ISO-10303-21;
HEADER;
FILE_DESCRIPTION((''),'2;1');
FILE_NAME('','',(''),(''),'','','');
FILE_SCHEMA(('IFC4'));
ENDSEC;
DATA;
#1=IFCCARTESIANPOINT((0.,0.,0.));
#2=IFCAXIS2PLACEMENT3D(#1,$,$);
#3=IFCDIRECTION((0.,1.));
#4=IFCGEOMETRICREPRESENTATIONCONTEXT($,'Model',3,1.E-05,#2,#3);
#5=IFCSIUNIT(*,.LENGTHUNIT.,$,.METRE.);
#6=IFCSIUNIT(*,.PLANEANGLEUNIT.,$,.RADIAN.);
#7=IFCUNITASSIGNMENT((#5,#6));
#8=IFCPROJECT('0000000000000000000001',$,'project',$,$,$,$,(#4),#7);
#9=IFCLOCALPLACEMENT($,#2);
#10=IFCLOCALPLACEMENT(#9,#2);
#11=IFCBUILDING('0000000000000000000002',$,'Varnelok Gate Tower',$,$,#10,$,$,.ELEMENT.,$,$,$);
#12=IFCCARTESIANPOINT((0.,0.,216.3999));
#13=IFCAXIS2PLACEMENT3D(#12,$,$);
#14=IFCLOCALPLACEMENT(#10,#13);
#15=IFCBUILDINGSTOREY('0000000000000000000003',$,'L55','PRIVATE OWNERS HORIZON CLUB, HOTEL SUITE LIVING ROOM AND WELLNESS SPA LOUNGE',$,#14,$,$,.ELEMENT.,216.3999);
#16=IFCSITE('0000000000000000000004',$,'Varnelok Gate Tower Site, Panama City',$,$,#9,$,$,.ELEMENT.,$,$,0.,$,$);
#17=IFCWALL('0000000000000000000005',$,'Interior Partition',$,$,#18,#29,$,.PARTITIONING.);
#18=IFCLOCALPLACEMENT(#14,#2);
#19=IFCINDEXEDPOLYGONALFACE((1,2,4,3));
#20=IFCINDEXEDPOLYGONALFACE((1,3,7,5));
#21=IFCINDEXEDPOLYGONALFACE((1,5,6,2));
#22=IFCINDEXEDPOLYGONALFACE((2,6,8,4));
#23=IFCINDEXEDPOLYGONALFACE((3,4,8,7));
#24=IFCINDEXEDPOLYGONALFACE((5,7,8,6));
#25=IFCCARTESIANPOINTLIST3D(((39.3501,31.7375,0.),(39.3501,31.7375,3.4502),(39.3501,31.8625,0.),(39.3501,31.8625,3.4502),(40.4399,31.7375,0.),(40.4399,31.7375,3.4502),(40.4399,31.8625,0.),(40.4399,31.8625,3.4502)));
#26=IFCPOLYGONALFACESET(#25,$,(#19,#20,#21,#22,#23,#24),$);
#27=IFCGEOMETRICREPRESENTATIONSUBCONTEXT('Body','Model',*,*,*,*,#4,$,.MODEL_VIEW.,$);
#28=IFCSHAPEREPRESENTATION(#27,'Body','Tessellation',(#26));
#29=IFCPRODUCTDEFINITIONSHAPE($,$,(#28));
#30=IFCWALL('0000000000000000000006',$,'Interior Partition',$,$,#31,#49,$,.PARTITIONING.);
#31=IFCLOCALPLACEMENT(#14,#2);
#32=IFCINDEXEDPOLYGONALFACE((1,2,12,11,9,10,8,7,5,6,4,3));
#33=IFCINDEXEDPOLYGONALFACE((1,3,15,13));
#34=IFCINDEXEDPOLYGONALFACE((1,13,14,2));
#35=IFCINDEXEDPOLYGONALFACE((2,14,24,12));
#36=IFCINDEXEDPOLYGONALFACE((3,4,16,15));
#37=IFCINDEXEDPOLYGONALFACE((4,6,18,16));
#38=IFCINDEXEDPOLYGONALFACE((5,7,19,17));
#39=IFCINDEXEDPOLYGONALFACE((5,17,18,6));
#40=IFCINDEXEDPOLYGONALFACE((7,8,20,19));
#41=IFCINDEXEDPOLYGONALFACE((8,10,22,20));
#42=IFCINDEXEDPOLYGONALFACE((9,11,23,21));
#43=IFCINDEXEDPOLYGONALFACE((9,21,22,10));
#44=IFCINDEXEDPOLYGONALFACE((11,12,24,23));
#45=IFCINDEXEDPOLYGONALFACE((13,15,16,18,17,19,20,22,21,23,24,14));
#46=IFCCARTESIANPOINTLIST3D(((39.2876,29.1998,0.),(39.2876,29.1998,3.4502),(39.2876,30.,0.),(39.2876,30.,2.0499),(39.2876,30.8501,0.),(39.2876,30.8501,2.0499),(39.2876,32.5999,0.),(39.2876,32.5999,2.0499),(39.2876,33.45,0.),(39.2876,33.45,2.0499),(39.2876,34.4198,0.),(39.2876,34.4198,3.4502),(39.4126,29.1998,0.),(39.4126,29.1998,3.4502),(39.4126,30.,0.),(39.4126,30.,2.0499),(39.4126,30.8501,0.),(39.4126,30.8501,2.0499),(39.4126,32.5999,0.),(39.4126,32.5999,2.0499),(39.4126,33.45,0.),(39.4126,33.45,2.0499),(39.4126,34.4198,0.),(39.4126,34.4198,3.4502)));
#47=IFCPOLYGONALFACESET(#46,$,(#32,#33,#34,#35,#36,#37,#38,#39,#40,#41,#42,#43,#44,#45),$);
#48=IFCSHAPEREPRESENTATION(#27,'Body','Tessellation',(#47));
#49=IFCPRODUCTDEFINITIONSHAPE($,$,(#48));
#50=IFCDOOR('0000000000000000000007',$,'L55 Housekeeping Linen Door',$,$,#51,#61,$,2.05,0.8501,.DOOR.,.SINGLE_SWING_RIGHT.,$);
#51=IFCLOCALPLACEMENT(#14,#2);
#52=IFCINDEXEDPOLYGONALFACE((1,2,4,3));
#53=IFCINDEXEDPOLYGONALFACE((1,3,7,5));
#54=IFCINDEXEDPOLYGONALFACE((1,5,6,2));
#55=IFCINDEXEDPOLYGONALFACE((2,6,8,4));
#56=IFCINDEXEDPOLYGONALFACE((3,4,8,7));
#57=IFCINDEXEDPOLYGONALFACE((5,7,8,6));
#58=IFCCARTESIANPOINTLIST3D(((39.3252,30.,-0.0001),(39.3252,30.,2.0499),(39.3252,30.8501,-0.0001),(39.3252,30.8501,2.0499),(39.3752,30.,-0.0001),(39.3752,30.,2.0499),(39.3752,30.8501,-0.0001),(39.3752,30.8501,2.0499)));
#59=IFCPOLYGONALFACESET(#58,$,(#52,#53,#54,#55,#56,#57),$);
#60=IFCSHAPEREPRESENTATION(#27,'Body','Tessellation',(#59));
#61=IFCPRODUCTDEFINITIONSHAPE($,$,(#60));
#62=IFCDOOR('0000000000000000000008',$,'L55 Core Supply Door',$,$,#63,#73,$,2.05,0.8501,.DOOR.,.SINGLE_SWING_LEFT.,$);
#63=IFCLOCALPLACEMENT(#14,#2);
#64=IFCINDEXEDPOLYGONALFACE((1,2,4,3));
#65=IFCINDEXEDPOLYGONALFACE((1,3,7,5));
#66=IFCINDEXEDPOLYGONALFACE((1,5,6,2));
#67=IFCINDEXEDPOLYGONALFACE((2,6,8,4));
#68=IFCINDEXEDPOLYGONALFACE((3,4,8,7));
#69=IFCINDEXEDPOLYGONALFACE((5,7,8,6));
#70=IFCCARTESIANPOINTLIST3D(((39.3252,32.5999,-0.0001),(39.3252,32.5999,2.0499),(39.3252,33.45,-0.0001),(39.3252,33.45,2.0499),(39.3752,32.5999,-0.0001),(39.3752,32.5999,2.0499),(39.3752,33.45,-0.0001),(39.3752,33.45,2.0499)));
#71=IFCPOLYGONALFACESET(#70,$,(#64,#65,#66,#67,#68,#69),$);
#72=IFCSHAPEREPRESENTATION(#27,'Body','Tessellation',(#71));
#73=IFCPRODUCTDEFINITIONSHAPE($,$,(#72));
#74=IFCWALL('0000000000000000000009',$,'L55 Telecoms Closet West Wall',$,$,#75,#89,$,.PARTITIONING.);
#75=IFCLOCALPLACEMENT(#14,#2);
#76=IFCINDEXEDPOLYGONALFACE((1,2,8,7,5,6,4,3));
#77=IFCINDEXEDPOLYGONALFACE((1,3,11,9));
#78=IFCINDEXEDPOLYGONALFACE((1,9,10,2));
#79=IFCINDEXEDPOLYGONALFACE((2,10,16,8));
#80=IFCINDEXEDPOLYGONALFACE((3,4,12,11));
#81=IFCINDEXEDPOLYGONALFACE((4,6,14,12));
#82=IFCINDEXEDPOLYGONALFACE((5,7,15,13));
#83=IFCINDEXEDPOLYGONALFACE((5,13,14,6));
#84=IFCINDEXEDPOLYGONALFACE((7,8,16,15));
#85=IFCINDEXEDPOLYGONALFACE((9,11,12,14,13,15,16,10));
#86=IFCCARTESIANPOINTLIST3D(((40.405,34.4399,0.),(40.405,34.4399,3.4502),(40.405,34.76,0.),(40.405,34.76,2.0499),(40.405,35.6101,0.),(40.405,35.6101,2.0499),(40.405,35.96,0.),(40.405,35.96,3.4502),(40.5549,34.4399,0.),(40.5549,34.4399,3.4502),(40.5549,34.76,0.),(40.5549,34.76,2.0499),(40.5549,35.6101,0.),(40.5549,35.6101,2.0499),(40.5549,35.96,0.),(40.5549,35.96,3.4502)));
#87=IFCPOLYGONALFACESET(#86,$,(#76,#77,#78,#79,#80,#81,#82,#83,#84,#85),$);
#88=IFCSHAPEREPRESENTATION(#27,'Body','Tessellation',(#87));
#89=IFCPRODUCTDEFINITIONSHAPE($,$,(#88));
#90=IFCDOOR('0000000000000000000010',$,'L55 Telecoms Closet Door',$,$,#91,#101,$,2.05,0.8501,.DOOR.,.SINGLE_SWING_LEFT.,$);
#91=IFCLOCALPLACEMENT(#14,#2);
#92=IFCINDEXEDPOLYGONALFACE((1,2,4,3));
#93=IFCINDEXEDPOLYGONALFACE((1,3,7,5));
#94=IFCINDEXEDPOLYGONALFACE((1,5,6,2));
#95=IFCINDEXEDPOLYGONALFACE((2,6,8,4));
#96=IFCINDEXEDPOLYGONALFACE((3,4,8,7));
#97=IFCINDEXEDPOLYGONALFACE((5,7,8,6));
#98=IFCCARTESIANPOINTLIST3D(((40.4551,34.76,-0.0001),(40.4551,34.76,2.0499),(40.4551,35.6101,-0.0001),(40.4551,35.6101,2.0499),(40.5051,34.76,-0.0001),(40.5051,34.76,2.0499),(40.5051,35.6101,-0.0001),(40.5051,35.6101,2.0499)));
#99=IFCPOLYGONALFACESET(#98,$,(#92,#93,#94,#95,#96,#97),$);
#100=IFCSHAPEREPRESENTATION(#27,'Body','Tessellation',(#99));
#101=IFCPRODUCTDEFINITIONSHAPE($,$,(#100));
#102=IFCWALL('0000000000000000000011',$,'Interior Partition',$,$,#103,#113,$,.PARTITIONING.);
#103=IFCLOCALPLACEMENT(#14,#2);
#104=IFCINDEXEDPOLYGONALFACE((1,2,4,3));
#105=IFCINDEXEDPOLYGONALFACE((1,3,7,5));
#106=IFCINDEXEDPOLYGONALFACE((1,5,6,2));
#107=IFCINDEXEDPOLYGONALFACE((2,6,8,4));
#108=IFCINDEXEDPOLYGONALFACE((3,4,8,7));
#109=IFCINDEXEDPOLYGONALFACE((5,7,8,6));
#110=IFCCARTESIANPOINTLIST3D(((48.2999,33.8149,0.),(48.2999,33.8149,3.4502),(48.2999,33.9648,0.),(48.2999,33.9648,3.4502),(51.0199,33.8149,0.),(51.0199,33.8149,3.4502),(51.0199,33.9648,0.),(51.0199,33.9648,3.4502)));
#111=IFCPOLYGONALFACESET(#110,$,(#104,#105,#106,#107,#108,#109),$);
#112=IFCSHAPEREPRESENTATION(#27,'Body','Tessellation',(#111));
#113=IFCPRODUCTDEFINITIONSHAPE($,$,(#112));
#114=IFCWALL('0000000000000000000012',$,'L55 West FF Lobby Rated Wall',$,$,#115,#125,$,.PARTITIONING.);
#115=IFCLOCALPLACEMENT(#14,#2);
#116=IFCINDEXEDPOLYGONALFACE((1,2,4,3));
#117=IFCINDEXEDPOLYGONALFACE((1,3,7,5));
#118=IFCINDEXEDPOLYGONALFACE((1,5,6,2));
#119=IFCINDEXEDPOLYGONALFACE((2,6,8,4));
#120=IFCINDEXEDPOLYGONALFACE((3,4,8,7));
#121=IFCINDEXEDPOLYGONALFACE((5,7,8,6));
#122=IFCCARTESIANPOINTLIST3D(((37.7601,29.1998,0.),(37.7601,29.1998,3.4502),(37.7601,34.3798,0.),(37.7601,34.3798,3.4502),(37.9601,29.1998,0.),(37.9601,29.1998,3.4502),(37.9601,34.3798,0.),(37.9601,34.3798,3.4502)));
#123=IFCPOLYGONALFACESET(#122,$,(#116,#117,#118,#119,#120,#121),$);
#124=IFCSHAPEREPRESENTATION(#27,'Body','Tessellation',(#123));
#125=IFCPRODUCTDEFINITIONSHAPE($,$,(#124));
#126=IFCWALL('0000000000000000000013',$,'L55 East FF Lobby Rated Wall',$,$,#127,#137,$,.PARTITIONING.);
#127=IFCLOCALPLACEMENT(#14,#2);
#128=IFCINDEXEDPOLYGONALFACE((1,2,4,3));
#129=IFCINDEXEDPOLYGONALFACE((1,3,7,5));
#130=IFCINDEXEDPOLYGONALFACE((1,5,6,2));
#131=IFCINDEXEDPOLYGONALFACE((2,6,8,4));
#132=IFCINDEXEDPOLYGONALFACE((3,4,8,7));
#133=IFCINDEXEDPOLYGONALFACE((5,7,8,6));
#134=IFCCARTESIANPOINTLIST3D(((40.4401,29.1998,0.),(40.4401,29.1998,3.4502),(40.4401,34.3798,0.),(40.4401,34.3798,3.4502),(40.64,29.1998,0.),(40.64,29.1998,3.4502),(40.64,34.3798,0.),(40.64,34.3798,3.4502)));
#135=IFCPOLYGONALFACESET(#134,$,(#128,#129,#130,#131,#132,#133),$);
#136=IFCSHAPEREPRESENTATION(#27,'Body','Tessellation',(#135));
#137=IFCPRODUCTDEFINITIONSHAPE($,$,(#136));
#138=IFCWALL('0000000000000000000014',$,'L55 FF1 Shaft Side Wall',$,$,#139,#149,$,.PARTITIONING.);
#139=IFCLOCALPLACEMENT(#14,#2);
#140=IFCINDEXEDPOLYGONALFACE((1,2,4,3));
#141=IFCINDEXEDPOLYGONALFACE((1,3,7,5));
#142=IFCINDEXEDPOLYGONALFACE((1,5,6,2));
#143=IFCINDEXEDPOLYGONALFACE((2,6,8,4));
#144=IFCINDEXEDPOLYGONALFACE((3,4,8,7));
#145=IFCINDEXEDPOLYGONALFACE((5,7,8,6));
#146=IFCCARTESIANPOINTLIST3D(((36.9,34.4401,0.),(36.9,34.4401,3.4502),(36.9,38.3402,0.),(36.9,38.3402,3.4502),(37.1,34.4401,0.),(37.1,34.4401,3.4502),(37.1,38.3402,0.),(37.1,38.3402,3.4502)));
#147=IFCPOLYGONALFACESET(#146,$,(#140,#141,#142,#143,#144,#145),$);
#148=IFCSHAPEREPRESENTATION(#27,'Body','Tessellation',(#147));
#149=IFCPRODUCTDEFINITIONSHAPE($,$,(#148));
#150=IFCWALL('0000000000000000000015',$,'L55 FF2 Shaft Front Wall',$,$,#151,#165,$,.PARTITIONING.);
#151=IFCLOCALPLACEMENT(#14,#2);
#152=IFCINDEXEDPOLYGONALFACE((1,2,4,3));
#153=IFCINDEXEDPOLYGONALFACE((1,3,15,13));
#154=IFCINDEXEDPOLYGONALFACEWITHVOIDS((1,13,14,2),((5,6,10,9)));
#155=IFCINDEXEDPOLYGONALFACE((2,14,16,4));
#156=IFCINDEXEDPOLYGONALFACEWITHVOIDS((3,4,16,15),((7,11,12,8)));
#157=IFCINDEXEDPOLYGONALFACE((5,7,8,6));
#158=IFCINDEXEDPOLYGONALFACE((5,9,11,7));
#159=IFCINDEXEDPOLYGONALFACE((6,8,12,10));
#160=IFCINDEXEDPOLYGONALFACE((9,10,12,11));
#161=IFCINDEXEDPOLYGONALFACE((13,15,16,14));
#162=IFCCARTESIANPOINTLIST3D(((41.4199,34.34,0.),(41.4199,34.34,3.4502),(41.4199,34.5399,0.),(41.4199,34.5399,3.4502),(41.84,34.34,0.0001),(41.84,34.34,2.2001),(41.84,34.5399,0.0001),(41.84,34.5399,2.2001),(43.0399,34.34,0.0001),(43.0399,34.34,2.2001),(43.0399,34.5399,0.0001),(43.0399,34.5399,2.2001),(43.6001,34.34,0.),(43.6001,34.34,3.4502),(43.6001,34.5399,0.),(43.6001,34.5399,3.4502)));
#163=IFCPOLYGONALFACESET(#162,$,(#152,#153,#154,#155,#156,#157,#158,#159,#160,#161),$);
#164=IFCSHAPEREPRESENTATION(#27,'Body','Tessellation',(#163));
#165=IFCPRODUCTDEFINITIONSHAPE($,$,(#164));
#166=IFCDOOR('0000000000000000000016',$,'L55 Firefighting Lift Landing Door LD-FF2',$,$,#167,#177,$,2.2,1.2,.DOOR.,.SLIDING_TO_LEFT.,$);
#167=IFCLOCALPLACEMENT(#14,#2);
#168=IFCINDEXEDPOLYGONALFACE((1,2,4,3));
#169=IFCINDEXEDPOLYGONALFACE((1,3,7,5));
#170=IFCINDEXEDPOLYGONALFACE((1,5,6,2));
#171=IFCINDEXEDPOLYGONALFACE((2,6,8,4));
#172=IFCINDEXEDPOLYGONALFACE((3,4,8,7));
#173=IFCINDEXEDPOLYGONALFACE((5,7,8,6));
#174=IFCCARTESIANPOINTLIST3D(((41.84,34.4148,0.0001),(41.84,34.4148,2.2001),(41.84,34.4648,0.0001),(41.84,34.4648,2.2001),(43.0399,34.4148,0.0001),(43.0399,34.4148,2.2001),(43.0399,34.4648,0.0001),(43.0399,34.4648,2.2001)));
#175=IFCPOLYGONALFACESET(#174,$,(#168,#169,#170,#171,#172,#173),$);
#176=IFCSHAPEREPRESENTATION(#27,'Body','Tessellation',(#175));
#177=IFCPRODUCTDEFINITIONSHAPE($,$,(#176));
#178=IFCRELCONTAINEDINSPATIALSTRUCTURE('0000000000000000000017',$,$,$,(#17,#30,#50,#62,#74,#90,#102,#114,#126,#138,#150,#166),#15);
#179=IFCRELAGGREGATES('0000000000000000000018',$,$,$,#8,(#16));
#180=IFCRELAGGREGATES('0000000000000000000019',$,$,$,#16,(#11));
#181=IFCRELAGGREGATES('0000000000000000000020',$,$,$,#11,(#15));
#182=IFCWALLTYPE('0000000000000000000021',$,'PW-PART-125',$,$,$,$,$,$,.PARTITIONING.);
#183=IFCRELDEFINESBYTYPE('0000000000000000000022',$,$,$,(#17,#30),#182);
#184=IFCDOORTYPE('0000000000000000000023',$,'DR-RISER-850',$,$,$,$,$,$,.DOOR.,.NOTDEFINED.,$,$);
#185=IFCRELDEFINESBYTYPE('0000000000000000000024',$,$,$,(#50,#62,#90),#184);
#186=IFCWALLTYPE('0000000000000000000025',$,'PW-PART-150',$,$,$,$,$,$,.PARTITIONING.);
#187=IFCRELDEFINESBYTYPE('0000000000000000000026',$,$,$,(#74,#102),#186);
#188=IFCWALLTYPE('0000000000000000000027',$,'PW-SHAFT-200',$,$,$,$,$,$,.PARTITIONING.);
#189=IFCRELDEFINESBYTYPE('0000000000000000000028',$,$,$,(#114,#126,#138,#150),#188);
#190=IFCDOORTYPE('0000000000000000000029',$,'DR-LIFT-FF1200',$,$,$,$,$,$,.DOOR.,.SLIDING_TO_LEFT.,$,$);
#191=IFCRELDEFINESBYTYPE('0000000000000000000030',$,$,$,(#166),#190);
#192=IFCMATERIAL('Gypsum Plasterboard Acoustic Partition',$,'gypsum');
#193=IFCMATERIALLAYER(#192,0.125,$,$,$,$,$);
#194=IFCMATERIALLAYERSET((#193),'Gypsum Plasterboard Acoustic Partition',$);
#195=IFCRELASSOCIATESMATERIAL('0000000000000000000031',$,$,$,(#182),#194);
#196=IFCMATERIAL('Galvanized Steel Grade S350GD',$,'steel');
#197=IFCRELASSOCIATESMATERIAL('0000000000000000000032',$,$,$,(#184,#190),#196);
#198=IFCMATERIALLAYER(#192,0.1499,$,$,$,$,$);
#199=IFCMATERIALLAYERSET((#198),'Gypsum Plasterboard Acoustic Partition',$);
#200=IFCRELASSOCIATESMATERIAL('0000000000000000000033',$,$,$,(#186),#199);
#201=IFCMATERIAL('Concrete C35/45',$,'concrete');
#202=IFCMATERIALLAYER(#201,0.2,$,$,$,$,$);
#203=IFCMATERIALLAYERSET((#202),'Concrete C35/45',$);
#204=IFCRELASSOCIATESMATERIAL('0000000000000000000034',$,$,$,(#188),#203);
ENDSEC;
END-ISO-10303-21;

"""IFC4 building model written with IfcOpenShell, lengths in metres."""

from ifc_helpers import new_model, si_unit, direction, frame, frame_2d, origin, place, context, subcontext, project, spatial, rectangle, extrude, material, layer, layer_set, type_object, element, fill, save


model = new_model("IFC4")

# Units and contexts
model_context = context("Model", 3, precision=1e-05, world=origin(), true_north=direction((0.0, 1.0)))
body_context = subcontext(model_context, "Body", "Model", "MODEL_VIEW")
ifc_project = project(units=[si_unit("LENGTHUNIT", "METRE"), si_unit("PLANEANGLEUNIT", "RADIAN")], contexts=[model_context])

# Site, building, storey
site_placement = place(None, origin())
site = spatial("IfcSite", under=ifc_project, at=site_placement, Name="Varnelok Gate Tower Site, Panama City", CompositionType="ELEMENT", RefElevation=0.0)
building_placement = place(site_placement, origin())
building = spatial("IfcBuilding", under=site, at=building_placement, Name="Varnelok Gate Tower", CompositionType="ELEMENT")
storey_placement = place(building_placement, frame((0.0, 0.0, 216.3999)))
storey = spatial("IfcBuildingStorey", under=building, at=storey_placement, Name="L55", Description="PRIVATE OWNERS HORIZON CLUB, HOTEL SUITE LIVING ROOM AND WELLNESS SPA LOUNGE", CompositionType="ELEMENT", Elevation=216.3999)

# Wall
ifc_material_1 = material(Name="Gypsum Plasterboard Acoustic Partition", Category="gypsum")
ifc_layer_1 = layer(ifc_material_1, 0.125)
ifc_layer_set_1 = layer_set([ifc_layer_1], Name="Gypsum Plasterboard Acoustic Partition")
wall_type_1 = type_object("IfcWallType", Name="PW-PART-125", PredefinedType="PARTITIONING", material=ifc_layer_set_1)
wall_1_placement = place(storey_placement, frame((39.3501, 31.8, 0.0), z_axis=(0.0, 0.0, 1.0), x_axis=(1.0, 0.0, 0.0)))
element("IfcWall", 1, at=wall_1_placement, inside=storey, type_object=wall_type_1, Name="Interior Partition", PredefinedType="PARTITIONING", context=body_context, shape_type="SweptSolid", body=[
    extrude(rectangle(XDim=1.0898, YDim=0.125, at=frame_2d((0.5449, 0.0))), origin(), (0.0, 0.0, 1.0), 3.4502),
])

# Wall, openings, doors
wall_2_placement = place(storey_placement, frame((39.3501, 29.2, 0.0), z_axis=(0.0, 0.0, 1.0), x_axis=(0.0, 1.0, 0.0)))
wall_2 = element("IfcWall", 2, at=wall_2_placement, inside=storey, type_object=wall_type_1, Name="Interior Partition", PredefinedType="PARTITIONING", context=body_context, shape_type="SweptSolid", body=[
    extrude(rectangle(XDim=5.22, YDim=0.125, at=frame_2d((2.6099, 0.0))), origin(), (0.0, 0.0, 1.0), 3.4502),
])
opening_1_placement = place(wall_2_placement, frame((0.8, 0.0, 0.0)))
opening_1 = element("IfcOpeningElement", 3, at=opening_1_placement, cuts=wall_2, PredefinedType="OPENING", context=body_context, shape_type="SweptSolid", body=[
    extrude(rectangle(XDim=0.8501, YDim=2.05, at=frame_2d((0.425, 1.0249))), frame((0.0, 0.0725, 0.0), z_axis=(0.0, -1.0, 0.0), x_axis=(1.0, 0.0, 0.0)), (0.0, 0.0, 1.0), 0.145),
])
opening_2_placement = place(wall_2_placement, frame((3.3999, 0.0, 0.0)))
opening_2 = element("IfcOpeningElement", 4, at=opening_2_placement, cuts=wall_2, PredefinedType="OPENING", context=body_context, shape_type="SweptSolid", body=[
    extrude(rectangle(XDim=0.8501, YDim=2.05, at=frame_2d((0.425, 1.0249))), frame((0.0, 0.0725, 0.0), z_axis=(0.0, -1.0, 0.0), x_axis=(1.0, 0.0, 0.0)), (0.0, 0.0, 1.0), 0.145),
])
ifc_material_2 = material(Name="Galvanized Steel Grade S350GD", Category="steel")
door_type_1 = type_object("IfcDoorType", Name="DR-RISER-850", OperationType="NOTDEFINED", PredefinedType="DOOR", material=ifc_material_2)
door_1_placement = place(opening_1_placement, origin())
door_1 = element("IfcDoor", 5, at=door_1_placement, inside=storey, type_object=door_type_1, Name="L55 Housekeeping Linen Door", OperationType="SINGLE_SWING_RIGHT", OverallHeight=2.05, OverallWidth=0.8501, PredefinedType="DOOR", context=body_context, shape_type="SweptSolid", body=[
    extrude(rectangle(XDim=0.8501, YDim=2.05, at=frame_2d((0.425, 1.0249))), frame((0.0, 0.0249, 0.0), z_axis=(0.0, -1.0, 0.0), x_axis=(1.0, 0.0, 0.0)), (0.0, 0.0, 1.0), 0.05),
])
fill(opening_1, door_1)
door_2_placement = place(opening_2_placement, origin())
door_2 = element("IfcDoor", 6, at=door_2_placement, inside=storey, type_object=door_type_1, Name="L55 Core Supply Door", OperationType="SINGLE_SWING_LEFT", OverallHeight=2.05, OverallWidth=0.8501, PredefinedType="DOOR", context=body_context, shape_type="SweptSolid", body=[
    extrude(rectangle(XDim=0.8501, YDim=2.05, at=frame_2d((0.425, 1.0249))), frame((0.0, 0.0249, 0.0), z_axis=(0.0, -1.0, 0.0), x_axis=(1.0, 0.0, 0.0)), (0.0, 0.0, 1.0), 0.05),
])
fill(opening_2, door_2)

# Wall, opening, door
ifc_layer_2 = layer(ifc_material_1, 0.1499)
ifc_layer_set_2 = layer_set([ifc_layer_2], Name="Gypsum Plasterboard Acoustic Partition")
wall_type_2 = type_object("IfcWallType", Name="PW-PART-150", PredefinedType="PARTITIONING", material=ifc_layer_set_2)
wall_3_placement = place(storey_placement, frame((40.48, 34.4399, 0.0), z_axis=(0.0, 0.0, 1.0), x_axis=(0.0, 1.0, 0.0)))
wall_3 = element("IfcWall", 7, at=wall_3_placement, inside=storey, type_object=wall_type_2, Name="L55 Telecoms Closet West Wall", PredefinedType="PARTITIONING", context=body_context, shape_type="SweptSolid", body=[
    extrude(rectangle(XDim=1.52, YDim=0.1499, at=frame_2d((0.76, 0.0))), origin(), (0.0, 0.0, 1.0), 3.4502),
])
opening_3_placement = place(wall_3_placement, frame((0.3201, 0.0, 0.0)))
opening_3 = element("IfcOpeningElement", 8, at=opening_3_placement, cuts=wall_3, PredefinedType="OPENING", context=body_context, shape_type="SweptSolid", body=[
    extrude(rectangle(XDim=0.8501, YDim=2.05, at=frame_2d((0.425, 1.0249))), frame((0.0, 0.085, 0.0), z_axis=(0.0, -1.0, 0.0), x_axis=(1.0, 0.0, 0.0)), (0.0, 0.0, 1.0), 0.1699),
])
door_3_placement = place(opening_3_placement, origin())
door_3 = element("IfcDoor", 9, at=door_3_placement, inside=storey, type_object=door_type_1, Name="L55 Telecoms Closet Door", OperationType="SINGLE_SWING_LEFT", OverallHeight=2.05, OverallWidth=0.8501, PredefinedType="DOOR", context=body_context, shape_type="SweptSolid", body=[
    extrude(rectangle(XDim=0.8501, YDim=2.05, at=frame_2d((0.425, 1.0249))), frame((0.0, 0.0249, 0.0), z_axis=(0.0, -1.0, 0.0), x_axis=(1.0, 0.0, 0.0)), (0.0, 0.0, 1.0), 0.05),
])
fill(opening_3, door_3)

# Walls
wall_4_placement = place(storey_placement, frame((48.3, 33.8899, 0.0), z_axis=(0.0, 0.0, 1.0), x_axis=(1.0, 0.0, 0.0)))
element("IfcWall", 10, at=wall_4_placement, inside=storey, type_object=wall_type_2, Name="Interior Partition", PredefinedType="PARTITIONING", context=body_context, shape_type="SweptSolid", body=[
    extrude(rectangle(XDim=2.72, YDim=0.1499, at=frame_2d((1.3599, 0.0))), origin(), (0.0, 0.0, 1.0), 3.4502),
])
ifc_material_3 = material(Name="Concrete C35/45", Category="concrete")
ifc_layer_3 = layer(ifc_material_3, 0.2)
ifc_layer_set_3 = layer_set([ifc_layer_3], Name="Concrete C35/45")
wall_type_3 = type_object("IfcWallType", Name="PW-SHAFT-200", PredefinedType="PARTITIONING", material=ifc_layer_set_3)
for number, where, z_axis, x_axis, name in (
    (11, (37.8601, 29.2, 0.0), (0.0, 0.0, 1.0), (0.0, 1.0, 0.0), "L55 West FF Lobby Rated Wall"),
    (12, (40.54, 29.2, 0.0), (0.0, 0.0, 1.0), (0.0, 1.0, 0.0), "L55 East FF Lobby Rated Wall"),
):
    element("IfcWall", number, at=place(storey_placement, frame(where, z_axis=z_axis, x_axis=x_axis)), inside=storey, type_object=wall_type_3, Name=name, PredefinedType="PARTITIONING", context=body_context, shape_type="SweptSolid", body=[
        extrude(rectangle(XDim=5.1799, YDim=0.2, at=frame_2d((2.5898, 0.0))), origin(), (0.0, 0.0, 1.0), 3.4502),
    ])
wall_5_placement = place(storey_placement, frame((37.0, 34.4399, 0.0), z_axis=(0.0, 0.0, 1.0), x_axis=(0.0, 1.0, 0.0)))
element("IfcWall", 13, at=wall_5_placement, inside=storey, type_object=wall_type_3, Name="L55 FF1 Shaft Side Wall", PredefinedType="PARTITIONING", context=body_context, shape_type="SweptSolid", body=[
    extrude(rectangle(XDim=3.9001, YDim=0.2, at=frame_2d((1.9502, 0.0))), origin(), (0.0, 0.0, 1.0), 3.4502),
])

# Wall, opening, door
wall_6_placement = place(storey_placement, frame((41.4199, 34.4399, 0.0), z_axis=(0.0, 0.0, 1.0), x_axis=(1.0, 0.0, 0.0)))
wall_6 = element("IfcWall", 14, at=wall_6_placement, inside=storey, type_object=wall_type_3, Name="L55 FF2 Shaft Front Wall", PredefinedType="PARTITIONING", context=body_context, shape_type="SweptSolid", body=[
    extrude(rectangle(XDim=2.1802, YDim=0.2, at=frame_2d((1.0901, 0.0))), origin(), (0.0, 0.0, 1.0), 3.4502),
])
opening_4_placement = place(wall_6_placement, frame((0.4199, 0.0, 0.0)))
opening_4 = element("IfcOpeningElement", 15, at=opening_4_placement, cuts=wall_6, PredefinedType="OPENING", context=body_context, shape_type="SweptSolid", body=[
    extrude(rectangle(XDim=1.2, YDim=2.2, at=frame_2d((0.6001, 1.1001))), frame((0.0, 0.1099, 0.0), z_axis=(0.0, -1.0, 0.0), x_axis=(1.0, 0.0, 0.0)), (0.0, 0.0, 1.0), 0.22),
])
door_type_2 = type_object("IfcDoorType", Name="DR-LIFT-FF1200", OperationType="SLIDING_TO_LEFT", PredefinedType="DOOR", material=ifc_material_2)
door_4_placement = place(opening_4_placement, origin())
door_4 = element("IfcDoor", 16, at=door_4_placement, inside=storey, type_object=door_type_2, Name="L55 Firefighting Lift Landing Door LD-FF2", OperationType="SLIDING_TO_LEFT", OverallHeight=2.2, OverallWidth=1.2, PredefinedType="DOOR", context=body_context, shape_type="SweptSolid", body=[
    extrude(rectangle(XDim=1.2, YDim=2.2, at=frame_2d((0.6001, 1.1001))), frame((0.0, 0.0249, 0.0), z_axis=(0.0, -1.0, 0.0), x_axis=(1.0, 0.0, 0.0)), (0.0, 0.0, 1.0), 0.05),
])
fill(opening_4, door_4)

save(model, "model.ifc")
